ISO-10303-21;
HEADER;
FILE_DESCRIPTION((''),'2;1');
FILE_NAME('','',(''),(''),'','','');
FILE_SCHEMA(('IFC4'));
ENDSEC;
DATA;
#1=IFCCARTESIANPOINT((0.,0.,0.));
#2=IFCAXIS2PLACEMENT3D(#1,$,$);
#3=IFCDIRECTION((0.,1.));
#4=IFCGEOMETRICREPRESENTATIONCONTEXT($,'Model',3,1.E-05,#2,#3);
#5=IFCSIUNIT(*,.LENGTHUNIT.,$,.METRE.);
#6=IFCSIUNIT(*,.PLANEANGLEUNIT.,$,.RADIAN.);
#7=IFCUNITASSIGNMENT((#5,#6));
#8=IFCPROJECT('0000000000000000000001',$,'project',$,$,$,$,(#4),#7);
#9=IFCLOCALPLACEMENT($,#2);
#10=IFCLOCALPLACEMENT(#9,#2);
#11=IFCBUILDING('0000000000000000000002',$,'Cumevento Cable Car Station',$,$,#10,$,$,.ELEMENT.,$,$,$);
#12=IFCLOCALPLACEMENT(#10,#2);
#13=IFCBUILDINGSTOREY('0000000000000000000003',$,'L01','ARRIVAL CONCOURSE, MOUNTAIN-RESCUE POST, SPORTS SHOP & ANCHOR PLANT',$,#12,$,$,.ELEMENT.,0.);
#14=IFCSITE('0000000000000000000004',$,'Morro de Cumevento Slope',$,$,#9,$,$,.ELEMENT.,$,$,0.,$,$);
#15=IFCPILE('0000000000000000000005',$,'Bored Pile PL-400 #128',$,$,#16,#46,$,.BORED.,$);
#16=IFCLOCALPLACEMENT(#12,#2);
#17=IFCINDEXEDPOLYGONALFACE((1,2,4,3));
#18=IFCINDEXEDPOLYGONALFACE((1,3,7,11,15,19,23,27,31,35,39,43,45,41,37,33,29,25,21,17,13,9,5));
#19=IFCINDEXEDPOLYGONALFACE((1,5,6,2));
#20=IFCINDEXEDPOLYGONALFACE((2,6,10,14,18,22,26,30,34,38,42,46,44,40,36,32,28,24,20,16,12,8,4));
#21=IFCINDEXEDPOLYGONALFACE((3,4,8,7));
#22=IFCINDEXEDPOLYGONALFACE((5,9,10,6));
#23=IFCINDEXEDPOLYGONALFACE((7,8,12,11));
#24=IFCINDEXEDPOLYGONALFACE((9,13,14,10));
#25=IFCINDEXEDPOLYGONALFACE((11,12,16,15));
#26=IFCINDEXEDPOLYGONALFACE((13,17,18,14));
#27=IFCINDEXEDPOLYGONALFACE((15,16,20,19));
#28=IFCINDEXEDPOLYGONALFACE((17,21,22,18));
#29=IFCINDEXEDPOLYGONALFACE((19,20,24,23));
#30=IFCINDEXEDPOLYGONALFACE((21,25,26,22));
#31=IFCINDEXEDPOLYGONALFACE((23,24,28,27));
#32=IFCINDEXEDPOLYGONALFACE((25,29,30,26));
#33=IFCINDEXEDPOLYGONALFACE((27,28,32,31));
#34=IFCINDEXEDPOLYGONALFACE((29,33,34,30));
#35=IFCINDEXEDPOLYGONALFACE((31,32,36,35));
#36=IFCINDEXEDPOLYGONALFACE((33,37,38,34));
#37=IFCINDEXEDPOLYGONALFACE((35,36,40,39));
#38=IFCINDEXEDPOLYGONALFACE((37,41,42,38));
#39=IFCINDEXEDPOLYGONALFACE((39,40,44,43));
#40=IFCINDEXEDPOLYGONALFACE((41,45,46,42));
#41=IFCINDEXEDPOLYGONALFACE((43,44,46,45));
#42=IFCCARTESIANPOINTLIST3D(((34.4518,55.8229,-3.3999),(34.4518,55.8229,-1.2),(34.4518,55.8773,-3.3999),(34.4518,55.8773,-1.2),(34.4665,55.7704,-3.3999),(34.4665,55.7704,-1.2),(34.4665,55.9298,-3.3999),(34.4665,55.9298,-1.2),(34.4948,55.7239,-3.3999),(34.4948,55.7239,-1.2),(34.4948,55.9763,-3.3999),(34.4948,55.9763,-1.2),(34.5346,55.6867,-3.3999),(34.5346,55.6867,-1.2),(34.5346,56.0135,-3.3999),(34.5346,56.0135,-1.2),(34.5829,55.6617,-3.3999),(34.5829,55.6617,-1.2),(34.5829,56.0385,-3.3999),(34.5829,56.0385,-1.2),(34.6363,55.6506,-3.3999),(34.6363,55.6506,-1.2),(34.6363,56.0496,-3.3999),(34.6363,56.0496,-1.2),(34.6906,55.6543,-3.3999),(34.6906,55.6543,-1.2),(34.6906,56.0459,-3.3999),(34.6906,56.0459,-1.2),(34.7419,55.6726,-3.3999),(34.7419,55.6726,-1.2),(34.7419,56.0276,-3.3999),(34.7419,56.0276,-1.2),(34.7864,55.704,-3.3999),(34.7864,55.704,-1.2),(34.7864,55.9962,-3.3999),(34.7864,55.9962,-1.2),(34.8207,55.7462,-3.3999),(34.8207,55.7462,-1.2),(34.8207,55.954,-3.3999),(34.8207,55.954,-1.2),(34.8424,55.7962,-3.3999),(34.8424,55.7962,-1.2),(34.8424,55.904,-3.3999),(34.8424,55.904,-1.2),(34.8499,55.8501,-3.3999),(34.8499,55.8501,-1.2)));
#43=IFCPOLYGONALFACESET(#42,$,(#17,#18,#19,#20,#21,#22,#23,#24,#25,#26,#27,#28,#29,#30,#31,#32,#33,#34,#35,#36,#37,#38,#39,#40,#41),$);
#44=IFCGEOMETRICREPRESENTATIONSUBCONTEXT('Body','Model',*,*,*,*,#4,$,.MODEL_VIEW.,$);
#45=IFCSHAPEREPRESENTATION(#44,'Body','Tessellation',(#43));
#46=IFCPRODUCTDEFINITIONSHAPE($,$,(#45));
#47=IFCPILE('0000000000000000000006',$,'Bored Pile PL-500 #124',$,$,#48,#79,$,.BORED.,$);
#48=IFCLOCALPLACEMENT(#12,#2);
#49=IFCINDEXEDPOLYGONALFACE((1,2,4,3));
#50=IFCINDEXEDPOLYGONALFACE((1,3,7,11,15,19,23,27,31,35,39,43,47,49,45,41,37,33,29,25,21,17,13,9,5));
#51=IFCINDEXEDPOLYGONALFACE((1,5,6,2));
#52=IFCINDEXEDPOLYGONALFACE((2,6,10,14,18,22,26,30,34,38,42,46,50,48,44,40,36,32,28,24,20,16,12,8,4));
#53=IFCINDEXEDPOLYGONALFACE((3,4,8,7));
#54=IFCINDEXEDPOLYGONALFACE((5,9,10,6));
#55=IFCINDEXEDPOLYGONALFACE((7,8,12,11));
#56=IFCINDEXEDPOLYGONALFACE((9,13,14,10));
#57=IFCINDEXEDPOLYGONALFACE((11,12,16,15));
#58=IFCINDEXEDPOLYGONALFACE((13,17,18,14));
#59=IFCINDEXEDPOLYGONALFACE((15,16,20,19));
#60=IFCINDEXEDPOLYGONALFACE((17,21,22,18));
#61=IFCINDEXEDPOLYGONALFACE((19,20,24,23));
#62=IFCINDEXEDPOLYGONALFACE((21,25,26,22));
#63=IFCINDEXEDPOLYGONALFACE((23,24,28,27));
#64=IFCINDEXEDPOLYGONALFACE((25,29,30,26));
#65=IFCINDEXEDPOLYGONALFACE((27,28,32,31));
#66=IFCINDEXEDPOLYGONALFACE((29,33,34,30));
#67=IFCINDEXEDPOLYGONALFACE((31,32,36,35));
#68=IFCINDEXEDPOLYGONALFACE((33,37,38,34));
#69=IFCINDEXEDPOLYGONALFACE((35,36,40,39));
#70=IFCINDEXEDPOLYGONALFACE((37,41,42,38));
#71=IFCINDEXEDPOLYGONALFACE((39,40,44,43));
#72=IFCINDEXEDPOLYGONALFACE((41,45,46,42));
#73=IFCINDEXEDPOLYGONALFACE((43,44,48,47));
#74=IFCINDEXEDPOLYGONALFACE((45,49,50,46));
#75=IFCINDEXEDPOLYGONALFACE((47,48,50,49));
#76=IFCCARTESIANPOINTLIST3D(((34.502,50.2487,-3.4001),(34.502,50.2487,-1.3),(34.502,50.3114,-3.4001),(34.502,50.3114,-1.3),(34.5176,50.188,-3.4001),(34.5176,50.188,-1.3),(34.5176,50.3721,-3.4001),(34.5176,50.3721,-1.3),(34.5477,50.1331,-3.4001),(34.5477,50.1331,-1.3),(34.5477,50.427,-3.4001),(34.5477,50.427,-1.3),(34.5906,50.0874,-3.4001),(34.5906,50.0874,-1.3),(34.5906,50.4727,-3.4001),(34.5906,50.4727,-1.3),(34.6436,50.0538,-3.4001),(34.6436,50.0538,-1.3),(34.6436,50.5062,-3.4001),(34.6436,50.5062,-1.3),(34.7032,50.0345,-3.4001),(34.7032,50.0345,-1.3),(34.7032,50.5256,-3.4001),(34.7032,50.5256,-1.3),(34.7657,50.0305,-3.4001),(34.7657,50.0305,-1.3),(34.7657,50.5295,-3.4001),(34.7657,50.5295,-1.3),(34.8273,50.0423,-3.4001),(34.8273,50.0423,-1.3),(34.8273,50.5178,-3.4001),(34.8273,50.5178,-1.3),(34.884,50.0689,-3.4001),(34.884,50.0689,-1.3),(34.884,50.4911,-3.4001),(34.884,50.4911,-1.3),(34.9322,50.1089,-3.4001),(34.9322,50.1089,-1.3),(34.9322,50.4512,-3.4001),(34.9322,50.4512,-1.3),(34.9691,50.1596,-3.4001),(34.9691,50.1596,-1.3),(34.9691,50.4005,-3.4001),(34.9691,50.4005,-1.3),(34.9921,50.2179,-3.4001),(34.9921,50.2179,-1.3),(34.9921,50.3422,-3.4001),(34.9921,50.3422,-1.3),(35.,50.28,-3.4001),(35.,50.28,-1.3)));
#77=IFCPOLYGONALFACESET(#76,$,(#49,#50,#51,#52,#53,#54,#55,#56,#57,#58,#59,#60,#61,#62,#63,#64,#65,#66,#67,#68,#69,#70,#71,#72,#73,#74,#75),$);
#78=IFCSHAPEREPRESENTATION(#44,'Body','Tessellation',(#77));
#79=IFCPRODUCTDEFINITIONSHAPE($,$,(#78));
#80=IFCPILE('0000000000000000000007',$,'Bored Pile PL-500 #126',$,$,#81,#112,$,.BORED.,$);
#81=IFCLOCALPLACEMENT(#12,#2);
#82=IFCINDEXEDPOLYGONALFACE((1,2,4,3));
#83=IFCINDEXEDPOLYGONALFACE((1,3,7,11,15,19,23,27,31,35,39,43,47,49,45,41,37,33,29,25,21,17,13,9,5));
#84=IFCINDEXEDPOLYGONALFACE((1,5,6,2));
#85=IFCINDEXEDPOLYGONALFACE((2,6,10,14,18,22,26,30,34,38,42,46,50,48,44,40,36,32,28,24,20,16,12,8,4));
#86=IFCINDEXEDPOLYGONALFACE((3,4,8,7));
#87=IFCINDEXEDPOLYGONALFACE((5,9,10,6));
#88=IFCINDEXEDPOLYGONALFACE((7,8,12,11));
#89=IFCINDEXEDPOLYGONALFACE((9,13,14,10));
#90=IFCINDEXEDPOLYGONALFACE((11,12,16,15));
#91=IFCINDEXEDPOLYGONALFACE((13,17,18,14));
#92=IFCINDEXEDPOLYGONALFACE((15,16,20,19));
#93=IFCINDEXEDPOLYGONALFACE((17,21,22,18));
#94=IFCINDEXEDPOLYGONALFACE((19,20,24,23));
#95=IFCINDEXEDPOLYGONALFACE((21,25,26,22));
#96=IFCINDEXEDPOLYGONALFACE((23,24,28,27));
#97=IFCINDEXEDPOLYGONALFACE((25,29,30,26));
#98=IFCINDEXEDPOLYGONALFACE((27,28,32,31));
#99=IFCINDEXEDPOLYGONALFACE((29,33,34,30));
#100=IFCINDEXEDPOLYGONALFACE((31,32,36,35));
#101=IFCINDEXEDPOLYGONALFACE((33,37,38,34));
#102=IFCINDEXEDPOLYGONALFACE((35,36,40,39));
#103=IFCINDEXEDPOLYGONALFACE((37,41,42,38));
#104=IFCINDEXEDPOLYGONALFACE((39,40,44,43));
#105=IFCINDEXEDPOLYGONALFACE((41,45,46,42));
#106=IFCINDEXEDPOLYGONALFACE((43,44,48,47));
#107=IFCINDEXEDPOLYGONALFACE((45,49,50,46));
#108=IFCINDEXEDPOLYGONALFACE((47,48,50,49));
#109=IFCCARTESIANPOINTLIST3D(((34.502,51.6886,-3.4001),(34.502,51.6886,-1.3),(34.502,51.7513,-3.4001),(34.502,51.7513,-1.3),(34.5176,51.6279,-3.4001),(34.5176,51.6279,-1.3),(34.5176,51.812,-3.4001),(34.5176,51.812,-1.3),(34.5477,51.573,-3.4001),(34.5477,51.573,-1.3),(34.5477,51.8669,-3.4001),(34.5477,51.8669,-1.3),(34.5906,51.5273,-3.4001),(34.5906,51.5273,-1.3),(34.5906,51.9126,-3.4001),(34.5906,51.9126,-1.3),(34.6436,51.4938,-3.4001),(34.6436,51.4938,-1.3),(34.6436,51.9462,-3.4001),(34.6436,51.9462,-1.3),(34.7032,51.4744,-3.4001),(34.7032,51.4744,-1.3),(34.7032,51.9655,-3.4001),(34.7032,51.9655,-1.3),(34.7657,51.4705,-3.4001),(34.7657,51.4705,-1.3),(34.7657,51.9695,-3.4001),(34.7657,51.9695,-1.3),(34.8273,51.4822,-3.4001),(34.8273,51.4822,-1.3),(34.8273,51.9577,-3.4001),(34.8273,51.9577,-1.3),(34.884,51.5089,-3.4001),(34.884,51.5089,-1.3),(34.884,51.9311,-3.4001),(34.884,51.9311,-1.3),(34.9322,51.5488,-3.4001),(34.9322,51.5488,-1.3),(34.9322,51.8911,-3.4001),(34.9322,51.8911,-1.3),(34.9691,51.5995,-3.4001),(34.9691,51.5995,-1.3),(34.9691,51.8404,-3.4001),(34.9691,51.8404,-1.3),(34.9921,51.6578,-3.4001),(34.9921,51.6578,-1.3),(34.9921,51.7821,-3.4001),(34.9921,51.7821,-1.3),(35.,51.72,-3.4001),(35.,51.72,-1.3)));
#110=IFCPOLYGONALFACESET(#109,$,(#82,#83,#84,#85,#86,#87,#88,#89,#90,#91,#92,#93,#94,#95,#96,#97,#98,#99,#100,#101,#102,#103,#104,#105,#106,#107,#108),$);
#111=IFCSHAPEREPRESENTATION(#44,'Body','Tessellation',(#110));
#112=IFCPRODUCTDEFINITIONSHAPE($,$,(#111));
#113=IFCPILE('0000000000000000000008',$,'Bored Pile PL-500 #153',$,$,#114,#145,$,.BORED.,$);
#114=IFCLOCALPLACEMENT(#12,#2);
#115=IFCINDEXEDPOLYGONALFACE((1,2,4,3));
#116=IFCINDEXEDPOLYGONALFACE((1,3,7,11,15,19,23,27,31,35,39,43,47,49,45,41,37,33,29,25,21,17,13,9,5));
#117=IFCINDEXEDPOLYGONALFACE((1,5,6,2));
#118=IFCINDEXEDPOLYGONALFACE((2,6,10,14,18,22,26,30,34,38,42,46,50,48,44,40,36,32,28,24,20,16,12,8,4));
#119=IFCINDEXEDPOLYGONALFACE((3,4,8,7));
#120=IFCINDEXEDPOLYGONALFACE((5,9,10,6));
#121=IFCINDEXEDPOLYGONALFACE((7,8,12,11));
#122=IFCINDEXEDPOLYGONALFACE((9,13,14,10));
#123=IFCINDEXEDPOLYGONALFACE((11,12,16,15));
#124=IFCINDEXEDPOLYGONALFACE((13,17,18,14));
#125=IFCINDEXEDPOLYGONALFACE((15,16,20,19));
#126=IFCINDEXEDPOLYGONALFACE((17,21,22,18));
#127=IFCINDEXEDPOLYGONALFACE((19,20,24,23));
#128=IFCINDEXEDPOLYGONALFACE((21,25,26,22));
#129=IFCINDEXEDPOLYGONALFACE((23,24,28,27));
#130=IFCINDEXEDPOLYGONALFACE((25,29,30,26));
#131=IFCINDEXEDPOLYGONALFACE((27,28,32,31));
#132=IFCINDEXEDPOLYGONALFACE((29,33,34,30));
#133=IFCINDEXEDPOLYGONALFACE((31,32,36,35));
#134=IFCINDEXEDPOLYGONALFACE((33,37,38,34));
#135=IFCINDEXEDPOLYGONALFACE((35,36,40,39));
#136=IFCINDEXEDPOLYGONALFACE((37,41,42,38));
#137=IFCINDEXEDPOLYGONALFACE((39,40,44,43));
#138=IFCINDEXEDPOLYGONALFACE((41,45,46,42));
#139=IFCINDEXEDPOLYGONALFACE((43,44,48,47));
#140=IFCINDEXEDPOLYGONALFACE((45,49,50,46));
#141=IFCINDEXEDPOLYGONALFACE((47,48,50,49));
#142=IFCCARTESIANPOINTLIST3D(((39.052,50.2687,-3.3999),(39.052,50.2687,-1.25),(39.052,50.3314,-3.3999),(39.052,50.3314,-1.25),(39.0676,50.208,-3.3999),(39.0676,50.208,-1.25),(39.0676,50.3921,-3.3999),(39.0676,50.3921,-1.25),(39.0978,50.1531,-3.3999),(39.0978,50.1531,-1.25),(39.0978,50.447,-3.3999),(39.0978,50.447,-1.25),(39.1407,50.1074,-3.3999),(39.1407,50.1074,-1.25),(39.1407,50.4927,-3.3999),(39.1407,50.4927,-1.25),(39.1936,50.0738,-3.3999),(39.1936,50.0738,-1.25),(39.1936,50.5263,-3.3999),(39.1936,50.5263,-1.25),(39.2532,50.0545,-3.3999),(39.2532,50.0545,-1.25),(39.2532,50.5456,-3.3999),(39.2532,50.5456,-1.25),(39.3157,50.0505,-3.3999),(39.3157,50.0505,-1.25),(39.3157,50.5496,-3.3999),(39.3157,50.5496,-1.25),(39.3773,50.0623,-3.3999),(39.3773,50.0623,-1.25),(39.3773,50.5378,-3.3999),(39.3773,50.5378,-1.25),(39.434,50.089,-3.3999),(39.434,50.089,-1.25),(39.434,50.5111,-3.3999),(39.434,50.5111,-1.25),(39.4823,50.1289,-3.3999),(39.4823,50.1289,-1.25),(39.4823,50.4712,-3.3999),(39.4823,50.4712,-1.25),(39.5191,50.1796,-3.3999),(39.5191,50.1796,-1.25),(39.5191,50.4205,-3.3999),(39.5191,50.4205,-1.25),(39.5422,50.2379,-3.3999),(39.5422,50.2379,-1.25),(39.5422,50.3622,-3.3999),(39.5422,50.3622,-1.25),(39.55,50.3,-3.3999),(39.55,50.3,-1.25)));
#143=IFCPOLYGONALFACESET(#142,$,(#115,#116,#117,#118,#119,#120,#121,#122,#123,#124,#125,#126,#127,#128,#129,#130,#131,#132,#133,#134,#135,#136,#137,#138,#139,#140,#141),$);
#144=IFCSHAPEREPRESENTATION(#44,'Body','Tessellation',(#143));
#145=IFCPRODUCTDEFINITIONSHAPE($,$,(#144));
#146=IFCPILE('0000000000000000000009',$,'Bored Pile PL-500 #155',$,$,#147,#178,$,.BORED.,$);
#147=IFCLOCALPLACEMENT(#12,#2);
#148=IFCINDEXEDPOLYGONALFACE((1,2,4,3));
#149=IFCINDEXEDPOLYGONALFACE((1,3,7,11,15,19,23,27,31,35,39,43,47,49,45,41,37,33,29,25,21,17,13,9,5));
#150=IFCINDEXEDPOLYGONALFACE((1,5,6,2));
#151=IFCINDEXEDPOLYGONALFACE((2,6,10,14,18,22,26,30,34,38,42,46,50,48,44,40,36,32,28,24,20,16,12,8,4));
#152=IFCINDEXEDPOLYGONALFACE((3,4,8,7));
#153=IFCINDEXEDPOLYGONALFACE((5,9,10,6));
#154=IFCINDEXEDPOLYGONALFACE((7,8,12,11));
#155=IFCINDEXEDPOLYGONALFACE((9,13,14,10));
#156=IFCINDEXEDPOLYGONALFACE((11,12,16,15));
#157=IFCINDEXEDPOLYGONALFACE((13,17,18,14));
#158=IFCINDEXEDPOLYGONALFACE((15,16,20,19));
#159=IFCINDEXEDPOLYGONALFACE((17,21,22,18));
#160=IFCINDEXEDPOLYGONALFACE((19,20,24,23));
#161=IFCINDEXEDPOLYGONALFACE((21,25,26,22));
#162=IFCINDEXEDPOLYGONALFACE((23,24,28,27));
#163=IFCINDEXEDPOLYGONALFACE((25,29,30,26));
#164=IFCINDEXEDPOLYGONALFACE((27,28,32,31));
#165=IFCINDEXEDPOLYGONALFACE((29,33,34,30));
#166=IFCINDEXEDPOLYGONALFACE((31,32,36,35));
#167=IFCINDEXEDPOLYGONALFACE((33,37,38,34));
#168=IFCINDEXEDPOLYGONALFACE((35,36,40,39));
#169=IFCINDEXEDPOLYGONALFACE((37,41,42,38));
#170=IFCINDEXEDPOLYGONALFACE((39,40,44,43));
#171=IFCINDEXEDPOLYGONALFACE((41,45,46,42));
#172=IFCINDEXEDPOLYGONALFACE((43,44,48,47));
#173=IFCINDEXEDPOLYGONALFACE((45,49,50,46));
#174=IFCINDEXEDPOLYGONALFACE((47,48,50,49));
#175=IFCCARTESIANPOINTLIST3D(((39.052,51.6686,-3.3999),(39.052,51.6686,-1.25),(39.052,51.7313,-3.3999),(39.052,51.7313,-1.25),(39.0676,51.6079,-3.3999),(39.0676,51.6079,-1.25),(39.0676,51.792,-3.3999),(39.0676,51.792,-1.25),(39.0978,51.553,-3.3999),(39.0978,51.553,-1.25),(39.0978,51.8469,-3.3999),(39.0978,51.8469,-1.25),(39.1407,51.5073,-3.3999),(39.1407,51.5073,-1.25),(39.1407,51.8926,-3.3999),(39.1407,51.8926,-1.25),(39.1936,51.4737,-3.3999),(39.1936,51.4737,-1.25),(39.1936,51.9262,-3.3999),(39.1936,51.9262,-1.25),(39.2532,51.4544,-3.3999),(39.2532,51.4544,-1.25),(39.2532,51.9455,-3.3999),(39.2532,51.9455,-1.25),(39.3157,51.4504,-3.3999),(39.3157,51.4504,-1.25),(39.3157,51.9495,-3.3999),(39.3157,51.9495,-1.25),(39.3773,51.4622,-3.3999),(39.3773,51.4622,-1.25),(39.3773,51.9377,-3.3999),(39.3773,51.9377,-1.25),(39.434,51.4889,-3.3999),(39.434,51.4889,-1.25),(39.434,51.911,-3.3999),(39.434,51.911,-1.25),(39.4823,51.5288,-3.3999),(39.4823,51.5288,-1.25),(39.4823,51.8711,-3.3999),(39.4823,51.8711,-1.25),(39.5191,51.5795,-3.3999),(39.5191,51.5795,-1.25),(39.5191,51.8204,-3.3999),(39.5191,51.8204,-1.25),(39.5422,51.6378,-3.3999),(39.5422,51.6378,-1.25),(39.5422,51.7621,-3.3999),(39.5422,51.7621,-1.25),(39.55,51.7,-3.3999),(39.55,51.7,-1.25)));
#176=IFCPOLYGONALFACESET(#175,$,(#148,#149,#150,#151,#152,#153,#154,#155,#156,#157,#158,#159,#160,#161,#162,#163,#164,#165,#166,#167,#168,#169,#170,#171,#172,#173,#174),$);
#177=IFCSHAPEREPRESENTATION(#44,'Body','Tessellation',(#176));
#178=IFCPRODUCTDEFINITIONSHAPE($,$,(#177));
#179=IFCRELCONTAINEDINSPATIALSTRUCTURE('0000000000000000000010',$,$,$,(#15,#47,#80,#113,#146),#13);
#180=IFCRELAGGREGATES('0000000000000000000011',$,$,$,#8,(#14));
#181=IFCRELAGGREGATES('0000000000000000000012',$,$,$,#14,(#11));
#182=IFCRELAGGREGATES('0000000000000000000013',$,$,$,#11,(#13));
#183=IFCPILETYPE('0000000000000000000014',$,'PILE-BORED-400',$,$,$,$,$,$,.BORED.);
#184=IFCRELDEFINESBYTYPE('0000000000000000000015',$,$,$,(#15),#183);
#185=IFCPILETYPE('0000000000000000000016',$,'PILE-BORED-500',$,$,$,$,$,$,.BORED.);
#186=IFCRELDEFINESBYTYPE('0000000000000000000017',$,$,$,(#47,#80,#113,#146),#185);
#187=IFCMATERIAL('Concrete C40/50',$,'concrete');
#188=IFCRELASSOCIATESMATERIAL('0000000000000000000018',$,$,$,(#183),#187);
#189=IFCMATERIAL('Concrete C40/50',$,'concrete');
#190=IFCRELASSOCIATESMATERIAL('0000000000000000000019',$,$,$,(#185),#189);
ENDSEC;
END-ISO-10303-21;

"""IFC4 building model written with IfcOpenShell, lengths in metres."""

from ifc_helpers import new_model, si_unit, direction, frame, origin, origin_2d, place, context, subcontext, project, spatial, circle, extrude, material, material_profile, profile_set, type_object, element, save


model = new_model("IFC4")

# Units and contexts
model_context = context("Model", 3, precision=1e-05, world=origin(), true_north=direction((0.0, 1.0)))
body_context = subcontext(model_context, "Body", "Model", "MODEL_VIEW")
ifc_project = project(units=[si_unit("LENGTHUNIT", "METRE"), si_unit("PLANEANGLEUNIT", "RADIAN")], contexts=[model_context])

# Site, building, storey
site_placement = place(None, origin())
site = spatial("IfcSite", under=ifc_project, at=site_placement, Name="Morro de Cumevento Slope", CompositionType="ELEMENT", RefElevation=0.0)
building_placement = place(site_placement, origin())
building = spatial("IfcBuilding", under=site, at=building_placement, Name="Cumevento Cable Car Station", CompositionType="ELEMENT")
storey_placement = place(building_placement, origin())
storey = spatial("IfcBuildingStorey", under=building, at=storey_placement, Name="L01", Description="ARRIVAL CONCOURSE, MOUNTAIN-RESCUE POST, SPORTS SHOP & ANCHOR PLANT", CompositionType="ELEMENT", Elevation=0.0)

# Piles
ifc_material_1 = material(Name="Concrete C40/50", Category="concrete")
ifc_material_profile_1 = material_profile(ifc_material_1, circle(Radius=0.2, at=origin_2d()), Name="PILE-D400")
ifc_profile_set_1 = profile_set([ifc_material_profile_1], Name="Concrete C40/50")
pile_type_1 = type_object("IfcPileType", Name="PILE-BORED-400", PredefinedType="BORED", material=ifc_profile_set_1)
pile_1_placement = place(storey_placement, frame((34.6499, 55.8501, -1.2), z_axis=(0.0, 0.0, -1.0), x_axis=(1.0, 0.0, 0.0)))
element("IfcPile", 1, at=pile_1_placement, inside=storey, type_object=pile_type_1, Name="Bored Pile PL-400 #128", PredefinedType="BORED", context=body_context, shape_type="SweptSolid", body=[
    extrude(circle(Radius=0.2, at=origin_2d()), origin(), (0.0, 0.0, 1.0), 2.2),
])
ifc_material_2 = material(Name="Concrete C40/50", Category="concrete")
ifc_material_profile_2 = material_profile(ifc_material_2, circle(Radius=0.25, at=origin_2d()), Name="PILE-D500")
ifc_profile_set_2 = profile_set([ifc_material_profile_2], Name="Concrete C40/50")
pile_type_2 = type_object("IfcPileType", Name="PILE-BORED-500", PredefinedType="BORED", material=ifc_profile_set_2)
for number, where, z_axis, x_axis, name in (
    (2, (34.75, 50.28, -1.3), (0.0, 0.0, -1.0), (1.0, 0.0, 0.0), "Bored Pile PL-500 #124"),
    (3, (34.75, 51.72, -1.3), (0.0, 0.0, -1.0), (1.0, 0.0, 0.0), "Bored Pile PL-500 #126"),
):
    element("IfcPile", number, at=place(storey_placement, frame(where, z_axis=z_axis, x_axis=x_axis)), inside=storey, type_object=pile_type_2, Name=name, PredefinedType="BORED", context=body_context, shape_type="SweptSolid", body=[
        extrude(circle(Radius=0.25, at=origin_2d()), origin(), (0.0, 0.0, 1.0), 2.1001),
    ])
for number, where, z_axis, x_axis, name in (
    (4, (39.3, 50.3, -1.25), (0.0, 0.0, -1.0), (1.0, 0.0, 0.0), "Bored Pile PL-500 #153"),
    (5, (39.3, 51.7, -1.25), (0.0, 0.0, -1.0), (1.0, 0.0, 0.0), "Bored Pile PL-500 #155"),
):
    element("IfcPile", number, at=place(storey_placement, frame(where, z_axis=z_axis, x_axis=x_axis)), inside=storey, type_object=pile_type_2, Name=name, PredefinedType="BORED", context=body_context, shape_type="SweptSolid", body=[
        extrude(circle(Radius=0.25, at=origin_2d()), origin(), (0.0, 0.0, 1.0), 2.1499),
    ])

save(model, "model.ifc")
